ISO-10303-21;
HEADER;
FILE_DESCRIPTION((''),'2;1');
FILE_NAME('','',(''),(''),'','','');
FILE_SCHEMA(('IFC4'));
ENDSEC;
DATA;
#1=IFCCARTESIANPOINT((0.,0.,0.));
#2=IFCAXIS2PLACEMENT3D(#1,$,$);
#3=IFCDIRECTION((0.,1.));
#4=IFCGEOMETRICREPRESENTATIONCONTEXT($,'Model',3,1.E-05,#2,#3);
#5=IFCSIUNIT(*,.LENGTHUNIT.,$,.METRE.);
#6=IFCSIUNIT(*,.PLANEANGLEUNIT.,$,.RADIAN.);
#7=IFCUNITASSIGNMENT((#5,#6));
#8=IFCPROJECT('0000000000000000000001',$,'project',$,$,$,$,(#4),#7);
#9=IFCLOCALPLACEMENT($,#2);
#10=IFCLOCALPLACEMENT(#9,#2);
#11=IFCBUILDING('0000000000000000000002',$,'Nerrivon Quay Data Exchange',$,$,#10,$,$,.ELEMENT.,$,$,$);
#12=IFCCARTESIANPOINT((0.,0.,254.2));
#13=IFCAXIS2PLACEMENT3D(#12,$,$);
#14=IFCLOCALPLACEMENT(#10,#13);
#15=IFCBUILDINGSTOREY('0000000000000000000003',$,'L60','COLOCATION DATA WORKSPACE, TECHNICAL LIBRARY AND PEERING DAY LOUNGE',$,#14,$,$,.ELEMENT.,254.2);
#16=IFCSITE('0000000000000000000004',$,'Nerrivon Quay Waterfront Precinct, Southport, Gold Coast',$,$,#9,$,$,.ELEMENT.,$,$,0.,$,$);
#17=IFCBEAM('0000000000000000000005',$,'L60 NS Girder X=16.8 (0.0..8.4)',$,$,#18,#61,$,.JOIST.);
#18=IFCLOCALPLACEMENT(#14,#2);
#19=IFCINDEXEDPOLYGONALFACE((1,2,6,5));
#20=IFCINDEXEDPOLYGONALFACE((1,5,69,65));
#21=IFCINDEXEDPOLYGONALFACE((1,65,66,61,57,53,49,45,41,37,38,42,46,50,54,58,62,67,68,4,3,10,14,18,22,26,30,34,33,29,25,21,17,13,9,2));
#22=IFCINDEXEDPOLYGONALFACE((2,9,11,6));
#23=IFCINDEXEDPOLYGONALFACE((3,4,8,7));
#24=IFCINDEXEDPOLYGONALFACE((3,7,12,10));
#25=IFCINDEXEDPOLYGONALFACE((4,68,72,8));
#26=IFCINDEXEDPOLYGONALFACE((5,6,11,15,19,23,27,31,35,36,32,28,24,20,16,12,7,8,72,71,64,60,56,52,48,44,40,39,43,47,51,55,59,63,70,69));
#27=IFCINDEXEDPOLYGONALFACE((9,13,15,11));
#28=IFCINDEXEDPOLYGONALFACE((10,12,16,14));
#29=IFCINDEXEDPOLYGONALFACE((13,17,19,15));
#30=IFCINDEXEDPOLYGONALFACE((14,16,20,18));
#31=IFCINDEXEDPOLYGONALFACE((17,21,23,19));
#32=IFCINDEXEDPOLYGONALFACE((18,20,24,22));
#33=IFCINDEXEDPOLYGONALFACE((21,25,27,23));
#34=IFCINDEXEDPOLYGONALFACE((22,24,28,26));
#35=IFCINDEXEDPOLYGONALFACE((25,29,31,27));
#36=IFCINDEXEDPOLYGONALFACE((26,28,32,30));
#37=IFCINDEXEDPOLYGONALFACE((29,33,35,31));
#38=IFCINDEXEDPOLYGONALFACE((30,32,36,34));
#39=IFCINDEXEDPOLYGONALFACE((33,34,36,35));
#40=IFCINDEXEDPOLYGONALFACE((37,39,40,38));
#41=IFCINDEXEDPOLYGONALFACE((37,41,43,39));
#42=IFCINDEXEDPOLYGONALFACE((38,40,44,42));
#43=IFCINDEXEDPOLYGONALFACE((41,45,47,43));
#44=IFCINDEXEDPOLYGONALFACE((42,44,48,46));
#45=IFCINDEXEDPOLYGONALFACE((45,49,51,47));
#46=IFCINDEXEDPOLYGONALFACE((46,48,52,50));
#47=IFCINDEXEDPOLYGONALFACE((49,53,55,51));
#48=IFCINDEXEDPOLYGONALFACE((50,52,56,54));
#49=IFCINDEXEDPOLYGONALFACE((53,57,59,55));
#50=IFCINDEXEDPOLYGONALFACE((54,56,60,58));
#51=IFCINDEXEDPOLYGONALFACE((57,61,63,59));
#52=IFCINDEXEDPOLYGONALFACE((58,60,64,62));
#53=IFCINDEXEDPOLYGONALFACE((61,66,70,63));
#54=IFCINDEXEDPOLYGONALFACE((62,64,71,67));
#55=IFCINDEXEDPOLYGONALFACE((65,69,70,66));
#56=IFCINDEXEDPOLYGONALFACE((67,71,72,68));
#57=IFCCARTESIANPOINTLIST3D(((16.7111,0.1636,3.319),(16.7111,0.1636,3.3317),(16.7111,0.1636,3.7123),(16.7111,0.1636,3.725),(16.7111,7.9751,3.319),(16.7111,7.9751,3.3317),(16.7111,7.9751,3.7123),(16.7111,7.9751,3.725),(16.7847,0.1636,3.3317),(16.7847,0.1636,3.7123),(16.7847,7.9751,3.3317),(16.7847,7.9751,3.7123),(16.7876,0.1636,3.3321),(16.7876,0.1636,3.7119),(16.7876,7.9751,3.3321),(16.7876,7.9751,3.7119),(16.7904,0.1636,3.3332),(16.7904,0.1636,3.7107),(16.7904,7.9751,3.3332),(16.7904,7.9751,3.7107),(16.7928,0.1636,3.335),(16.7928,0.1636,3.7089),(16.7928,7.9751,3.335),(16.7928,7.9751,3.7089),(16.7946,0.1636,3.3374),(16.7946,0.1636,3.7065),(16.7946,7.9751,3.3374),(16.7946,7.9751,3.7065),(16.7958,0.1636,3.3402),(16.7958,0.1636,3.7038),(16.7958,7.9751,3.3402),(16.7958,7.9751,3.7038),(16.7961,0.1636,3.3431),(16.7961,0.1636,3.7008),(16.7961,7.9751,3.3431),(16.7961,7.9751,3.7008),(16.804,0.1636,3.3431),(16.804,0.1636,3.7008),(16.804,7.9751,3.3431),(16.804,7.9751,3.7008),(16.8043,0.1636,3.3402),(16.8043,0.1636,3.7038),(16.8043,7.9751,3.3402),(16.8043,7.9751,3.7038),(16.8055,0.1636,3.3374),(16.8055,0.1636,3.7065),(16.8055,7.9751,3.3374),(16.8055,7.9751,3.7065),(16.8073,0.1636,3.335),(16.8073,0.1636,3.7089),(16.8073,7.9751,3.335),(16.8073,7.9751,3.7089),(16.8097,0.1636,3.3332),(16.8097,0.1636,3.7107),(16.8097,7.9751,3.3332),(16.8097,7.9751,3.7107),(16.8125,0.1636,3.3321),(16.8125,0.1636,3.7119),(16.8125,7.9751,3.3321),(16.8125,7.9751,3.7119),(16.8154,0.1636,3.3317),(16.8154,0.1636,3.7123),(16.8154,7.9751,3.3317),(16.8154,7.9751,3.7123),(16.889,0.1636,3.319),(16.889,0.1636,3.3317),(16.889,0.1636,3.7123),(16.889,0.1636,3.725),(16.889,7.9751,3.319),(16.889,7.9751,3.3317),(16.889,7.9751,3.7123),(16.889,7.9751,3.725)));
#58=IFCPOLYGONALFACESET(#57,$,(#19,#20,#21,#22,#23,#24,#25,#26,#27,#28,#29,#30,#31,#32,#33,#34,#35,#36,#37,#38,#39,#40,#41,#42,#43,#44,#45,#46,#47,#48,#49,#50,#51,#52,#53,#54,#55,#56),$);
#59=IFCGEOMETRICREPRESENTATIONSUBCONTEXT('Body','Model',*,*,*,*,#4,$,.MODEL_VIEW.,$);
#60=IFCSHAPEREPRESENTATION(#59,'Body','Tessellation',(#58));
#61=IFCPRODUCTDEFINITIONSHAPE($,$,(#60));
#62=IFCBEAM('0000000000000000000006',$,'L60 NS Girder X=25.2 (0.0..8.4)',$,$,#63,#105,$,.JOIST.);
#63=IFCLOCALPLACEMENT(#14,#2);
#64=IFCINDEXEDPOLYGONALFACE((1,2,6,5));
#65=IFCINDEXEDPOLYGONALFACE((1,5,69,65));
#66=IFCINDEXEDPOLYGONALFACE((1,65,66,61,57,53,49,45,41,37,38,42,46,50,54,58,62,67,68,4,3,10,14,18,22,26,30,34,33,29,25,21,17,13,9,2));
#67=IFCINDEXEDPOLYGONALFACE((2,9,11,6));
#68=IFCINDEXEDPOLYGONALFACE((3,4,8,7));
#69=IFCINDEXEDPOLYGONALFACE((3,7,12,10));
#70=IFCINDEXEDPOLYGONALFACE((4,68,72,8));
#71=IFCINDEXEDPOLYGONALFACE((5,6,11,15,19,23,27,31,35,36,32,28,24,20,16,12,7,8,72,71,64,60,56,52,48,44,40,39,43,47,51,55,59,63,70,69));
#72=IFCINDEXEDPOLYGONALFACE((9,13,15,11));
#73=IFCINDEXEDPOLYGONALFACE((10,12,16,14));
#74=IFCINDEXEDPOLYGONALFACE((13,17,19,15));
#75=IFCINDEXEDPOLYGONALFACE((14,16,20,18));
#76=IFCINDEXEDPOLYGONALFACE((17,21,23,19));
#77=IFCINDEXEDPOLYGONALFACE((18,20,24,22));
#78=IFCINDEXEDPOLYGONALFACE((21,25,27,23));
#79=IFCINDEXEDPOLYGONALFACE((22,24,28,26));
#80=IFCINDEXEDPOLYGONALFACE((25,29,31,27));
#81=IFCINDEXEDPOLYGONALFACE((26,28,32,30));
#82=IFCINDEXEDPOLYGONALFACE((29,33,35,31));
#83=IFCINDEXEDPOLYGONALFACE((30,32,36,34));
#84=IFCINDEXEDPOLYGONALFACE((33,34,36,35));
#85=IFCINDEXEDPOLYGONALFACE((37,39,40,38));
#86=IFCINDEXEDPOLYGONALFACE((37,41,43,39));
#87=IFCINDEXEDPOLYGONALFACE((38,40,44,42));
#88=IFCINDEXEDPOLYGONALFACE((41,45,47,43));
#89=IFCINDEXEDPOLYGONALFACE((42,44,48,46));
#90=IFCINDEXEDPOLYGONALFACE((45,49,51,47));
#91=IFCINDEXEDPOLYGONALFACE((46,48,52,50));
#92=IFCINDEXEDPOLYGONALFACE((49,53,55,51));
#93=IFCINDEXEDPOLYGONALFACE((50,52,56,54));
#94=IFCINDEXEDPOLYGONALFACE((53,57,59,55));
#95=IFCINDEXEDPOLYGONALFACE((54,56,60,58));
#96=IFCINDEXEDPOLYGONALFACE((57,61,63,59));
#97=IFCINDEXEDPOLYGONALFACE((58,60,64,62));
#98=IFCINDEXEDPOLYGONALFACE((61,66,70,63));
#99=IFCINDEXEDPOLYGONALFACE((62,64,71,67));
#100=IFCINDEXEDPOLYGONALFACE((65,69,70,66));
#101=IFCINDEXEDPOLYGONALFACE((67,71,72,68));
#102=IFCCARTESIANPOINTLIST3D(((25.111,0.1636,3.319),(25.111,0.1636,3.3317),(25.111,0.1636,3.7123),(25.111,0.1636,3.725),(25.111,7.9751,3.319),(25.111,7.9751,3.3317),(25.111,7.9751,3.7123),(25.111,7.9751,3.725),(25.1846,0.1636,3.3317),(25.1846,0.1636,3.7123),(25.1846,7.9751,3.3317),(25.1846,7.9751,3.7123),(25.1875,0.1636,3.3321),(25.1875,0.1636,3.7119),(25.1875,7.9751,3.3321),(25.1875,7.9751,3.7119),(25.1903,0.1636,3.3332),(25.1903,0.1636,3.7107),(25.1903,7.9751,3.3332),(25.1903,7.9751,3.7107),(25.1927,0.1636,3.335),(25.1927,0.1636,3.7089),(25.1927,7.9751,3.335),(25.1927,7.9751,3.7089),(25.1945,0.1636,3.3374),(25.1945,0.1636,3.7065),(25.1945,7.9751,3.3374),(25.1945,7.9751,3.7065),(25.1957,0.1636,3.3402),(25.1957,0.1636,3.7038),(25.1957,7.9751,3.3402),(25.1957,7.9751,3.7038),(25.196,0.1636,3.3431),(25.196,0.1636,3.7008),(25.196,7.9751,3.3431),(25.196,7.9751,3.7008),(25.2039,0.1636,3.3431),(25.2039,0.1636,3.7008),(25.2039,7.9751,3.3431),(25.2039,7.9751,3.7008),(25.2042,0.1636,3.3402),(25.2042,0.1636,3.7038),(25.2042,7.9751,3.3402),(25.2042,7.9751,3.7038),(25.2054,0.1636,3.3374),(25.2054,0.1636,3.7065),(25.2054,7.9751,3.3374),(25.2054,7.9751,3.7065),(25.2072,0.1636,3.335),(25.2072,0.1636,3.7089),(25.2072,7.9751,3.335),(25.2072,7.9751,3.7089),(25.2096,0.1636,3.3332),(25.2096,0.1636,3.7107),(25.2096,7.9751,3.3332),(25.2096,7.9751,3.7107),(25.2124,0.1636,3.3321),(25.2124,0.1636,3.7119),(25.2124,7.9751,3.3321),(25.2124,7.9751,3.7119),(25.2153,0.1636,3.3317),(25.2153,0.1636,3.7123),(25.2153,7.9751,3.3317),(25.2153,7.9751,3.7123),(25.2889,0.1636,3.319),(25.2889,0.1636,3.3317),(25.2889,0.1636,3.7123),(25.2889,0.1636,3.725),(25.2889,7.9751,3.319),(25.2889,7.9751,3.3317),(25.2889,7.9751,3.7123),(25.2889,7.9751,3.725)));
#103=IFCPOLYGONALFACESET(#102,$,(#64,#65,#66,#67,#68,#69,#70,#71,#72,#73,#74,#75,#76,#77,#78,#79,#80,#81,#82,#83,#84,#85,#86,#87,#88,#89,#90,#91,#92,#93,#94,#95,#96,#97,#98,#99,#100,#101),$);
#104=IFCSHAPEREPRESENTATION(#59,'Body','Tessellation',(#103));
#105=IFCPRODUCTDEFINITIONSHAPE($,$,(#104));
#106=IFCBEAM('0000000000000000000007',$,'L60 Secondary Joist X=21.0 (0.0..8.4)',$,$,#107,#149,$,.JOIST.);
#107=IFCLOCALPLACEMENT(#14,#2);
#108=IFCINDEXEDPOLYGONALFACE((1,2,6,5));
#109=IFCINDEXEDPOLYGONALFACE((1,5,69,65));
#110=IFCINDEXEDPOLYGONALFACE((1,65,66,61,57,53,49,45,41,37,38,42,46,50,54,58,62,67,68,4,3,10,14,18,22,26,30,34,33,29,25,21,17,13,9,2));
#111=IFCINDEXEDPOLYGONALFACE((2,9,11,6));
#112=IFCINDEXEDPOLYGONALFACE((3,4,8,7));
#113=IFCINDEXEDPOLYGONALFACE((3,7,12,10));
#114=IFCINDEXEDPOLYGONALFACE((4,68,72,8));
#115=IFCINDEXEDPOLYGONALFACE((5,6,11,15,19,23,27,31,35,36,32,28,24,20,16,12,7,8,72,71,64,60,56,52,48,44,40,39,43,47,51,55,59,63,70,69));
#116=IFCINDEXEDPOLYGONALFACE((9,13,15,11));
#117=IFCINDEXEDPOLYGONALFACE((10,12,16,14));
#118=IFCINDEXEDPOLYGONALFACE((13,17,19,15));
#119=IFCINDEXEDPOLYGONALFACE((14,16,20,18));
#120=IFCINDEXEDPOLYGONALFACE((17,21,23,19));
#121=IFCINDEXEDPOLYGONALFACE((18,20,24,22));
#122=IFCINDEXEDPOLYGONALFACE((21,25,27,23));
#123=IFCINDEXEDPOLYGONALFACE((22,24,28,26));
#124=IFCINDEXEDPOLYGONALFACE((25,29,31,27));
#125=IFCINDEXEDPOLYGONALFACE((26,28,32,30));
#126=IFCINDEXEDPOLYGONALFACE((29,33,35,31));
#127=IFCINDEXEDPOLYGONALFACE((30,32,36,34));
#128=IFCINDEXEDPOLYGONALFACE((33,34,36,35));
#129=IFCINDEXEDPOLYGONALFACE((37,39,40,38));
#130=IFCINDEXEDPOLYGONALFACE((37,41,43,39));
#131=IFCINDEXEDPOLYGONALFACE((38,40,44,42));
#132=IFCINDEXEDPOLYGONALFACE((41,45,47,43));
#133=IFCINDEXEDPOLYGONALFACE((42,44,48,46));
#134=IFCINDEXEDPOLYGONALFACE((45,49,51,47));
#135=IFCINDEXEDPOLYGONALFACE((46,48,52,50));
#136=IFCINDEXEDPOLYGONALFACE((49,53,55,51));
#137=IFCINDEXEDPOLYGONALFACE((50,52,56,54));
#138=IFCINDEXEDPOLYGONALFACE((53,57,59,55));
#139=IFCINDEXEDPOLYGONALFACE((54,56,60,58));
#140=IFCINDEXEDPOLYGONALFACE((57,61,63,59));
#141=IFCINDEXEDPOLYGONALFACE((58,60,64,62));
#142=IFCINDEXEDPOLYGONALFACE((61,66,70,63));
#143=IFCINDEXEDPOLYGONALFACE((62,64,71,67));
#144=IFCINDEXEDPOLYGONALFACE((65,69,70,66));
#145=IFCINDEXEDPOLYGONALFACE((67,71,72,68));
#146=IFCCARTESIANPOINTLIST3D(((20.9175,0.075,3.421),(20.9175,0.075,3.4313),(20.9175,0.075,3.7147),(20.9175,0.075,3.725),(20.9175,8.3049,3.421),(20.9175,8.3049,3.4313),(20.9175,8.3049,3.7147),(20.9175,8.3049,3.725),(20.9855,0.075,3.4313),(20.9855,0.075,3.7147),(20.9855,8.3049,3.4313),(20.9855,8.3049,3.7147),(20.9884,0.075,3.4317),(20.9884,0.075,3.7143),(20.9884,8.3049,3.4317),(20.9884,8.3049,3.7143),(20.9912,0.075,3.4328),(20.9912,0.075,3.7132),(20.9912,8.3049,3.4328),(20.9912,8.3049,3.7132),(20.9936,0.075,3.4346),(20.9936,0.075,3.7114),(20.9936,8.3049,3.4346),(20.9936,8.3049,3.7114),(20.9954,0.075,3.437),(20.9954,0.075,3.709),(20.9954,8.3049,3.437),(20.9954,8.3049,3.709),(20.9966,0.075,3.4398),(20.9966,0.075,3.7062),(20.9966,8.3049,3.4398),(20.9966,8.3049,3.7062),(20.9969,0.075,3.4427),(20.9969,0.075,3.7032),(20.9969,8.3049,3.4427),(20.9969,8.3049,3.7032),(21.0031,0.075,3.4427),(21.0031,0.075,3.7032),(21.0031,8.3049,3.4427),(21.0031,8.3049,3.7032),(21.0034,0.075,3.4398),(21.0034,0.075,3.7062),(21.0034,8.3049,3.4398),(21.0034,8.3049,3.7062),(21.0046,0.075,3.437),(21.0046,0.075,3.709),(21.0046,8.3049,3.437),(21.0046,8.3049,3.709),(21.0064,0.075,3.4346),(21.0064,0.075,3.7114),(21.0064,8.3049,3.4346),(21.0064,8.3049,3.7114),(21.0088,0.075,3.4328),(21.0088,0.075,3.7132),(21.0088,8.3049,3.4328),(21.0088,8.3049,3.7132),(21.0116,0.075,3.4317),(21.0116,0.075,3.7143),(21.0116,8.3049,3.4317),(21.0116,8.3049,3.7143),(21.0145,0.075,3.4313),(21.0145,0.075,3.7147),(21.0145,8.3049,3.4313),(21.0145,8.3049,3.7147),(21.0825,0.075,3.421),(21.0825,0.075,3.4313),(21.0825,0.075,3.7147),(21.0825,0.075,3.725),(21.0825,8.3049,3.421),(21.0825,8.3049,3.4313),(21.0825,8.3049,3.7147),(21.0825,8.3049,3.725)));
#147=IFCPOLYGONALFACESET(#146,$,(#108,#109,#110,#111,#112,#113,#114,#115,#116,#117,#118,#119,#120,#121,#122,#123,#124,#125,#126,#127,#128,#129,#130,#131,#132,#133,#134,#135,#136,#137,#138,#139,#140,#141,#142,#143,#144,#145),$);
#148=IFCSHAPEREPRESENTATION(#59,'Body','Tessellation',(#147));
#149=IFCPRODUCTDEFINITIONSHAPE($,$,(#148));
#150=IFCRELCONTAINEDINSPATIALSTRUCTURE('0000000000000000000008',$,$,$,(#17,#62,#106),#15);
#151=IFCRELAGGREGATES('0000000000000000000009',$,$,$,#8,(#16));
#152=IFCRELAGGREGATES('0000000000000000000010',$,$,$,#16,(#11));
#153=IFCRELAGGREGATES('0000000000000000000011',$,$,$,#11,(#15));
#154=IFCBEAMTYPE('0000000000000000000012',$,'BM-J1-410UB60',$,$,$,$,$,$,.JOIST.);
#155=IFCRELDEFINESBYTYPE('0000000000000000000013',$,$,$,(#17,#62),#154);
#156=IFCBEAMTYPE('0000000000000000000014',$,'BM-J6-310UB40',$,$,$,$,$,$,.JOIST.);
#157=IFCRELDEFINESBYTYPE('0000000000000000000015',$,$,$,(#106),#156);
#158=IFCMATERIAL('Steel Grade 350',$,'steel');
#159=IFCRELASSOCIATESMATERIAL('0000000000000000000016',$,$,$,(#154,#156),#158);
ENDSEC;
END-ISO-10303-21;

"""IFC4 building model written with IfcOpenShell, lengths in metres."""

from ifc_helpers import new_model, si_unit, direction, frame, origin, origin_2d, place, context, subcontext, project, spatial, i_section, extrude, material, material_profile, profile_set, type_object, element, save


model = new_model("IFC4")

# Units and contexts
model_context = context("Model", 3, precision=1e-05, world=origin(), true_north=direction((0.0, 1.0)))
body_context = subcontext(model_context, "Body", "Model", "MODEL_VIEW")
ifc_project = project(units=[si_unit("LENGTHUNIT", "METRE"), si_unit("PLANEANGLEUNIT", "RADIAN")], contexts=[model_context])

# Site, building, storey
site_placement = place(None, origin())
site = spatial("IfcSite", under=ifc_project, at=site_placement, Name="Nerrivon Quay Waterfront Precinct, Southport, Gold Coast", CompositionType="ELEMENT", RefElevation=0.0)
building_placement = place(site_placement, origin())
building = spatial("IfcBuilding", under=site, at=building_placement, Name="Nerrivon Quay Data Exchange", CompositionType="ELEMENT")
storey_placement = place(building_placement, frame((0.0, 0.0, 254.2)))
storey = spatial("IfcBuildingStorey", under=building, at=storey_placement, Name="L60", Description="COLOCATION DATA WORKSPACE, TECHNICAL LIBRARY AND PEERING DAY LOUNGE", CompositionType="ELEMENT", Elevation=254.2)

# Shared definitions
ifc_material_1 = material(Name="Steel Grade 350", Category="steel")

# Beams
ifc_material_profile_1 = material_profile(ifc_material_1, i_section(OverallWidth=0.178, OverallDepth=0.406, WebThickness=0.0078, FlangeThickness=0.0127, FilletRadius=0.0115, at=origin_2d()), Name="410UB59.7")
ifc_profile_set_1 = profile_set([ifc_material_profile_1], Name="Steel Grade 350")
beam_type_1 = type_object("IfcBeamType", Name="BM-J1-410UB60", PredefinedType="JOIST", material=ifc_profile_set_1)
for number, where, z_axis, x_axis, name in (
    (1, (16.8, 0.1636, 3.522), (0.0, 1.0, 0.0), (-1.0, 0.0, 0.0), "L60 NS Girder X=16.8 (0.0..8.4)"),
    (2, (25.2, 0.1636, 3.522), (0.0, 1.0, 0.0), (-1.0, 0.0, 0.0), "L60 NS Girder X=25.2 (0.0..8.4)"),
):
    element("IfcBeam", number, at=place(storey_placement, frame(where, z_axis=z_axis, x_axis=x_axis)), inside=storey, type_object=beam_type_1, Name=name, PredefinedType="JOIST", context=body_context, shape_type="SweptSolid", body=[
        extrude(i_section(OverallWidth=0.178, OverallDepth=0.406, WebThickness=0.0078, FlangeThickness=0.0127, FilletRadius=0.0115, at=origin_2d()), origin(), (0.0, 0.0, 1.0), 7.8115),
    ])
ifc_material_profile_2 = material_profile(ifc_material_1, i_section(OverallWidth=0.165, OverallDepth=0.304, WebThickness=0.0061, FlangeThickness=0.0103, FilletRadius=0.0115, at=origin_2d()), Name="310UB40.4")
ifc_profile_set_2 = profile_set([ifc_material_profile_2], Name="Steel Grade 350")
beam_type_2 = type_object("IfcBeamType", Name="BM-J6-310UB40", PredefinedType="JOIST", material=ifc_profile_set_2)
beam_1_placement = place(storey_placement, frame((21.0, 0.075, 3.573), z_axis=(0.0, 1.0, 0.0), x_axis=(-1.0, 0.0, 0.0)))
element("IfcBeam", 3, at=beam_1_placement, inside=storey, type_object=beam_type_2, Name="L60 Secondary Joist X=21.0 (0.0..8.4)", PredefinedType="JOIST", context=body_context, shape_type="SweptSolid", body=[
    extrude(i_section(OverallWidth=0.165, OverallDepth=0.304, WebThickness=0.0061, FlangeThickness=0.0103, FilletRadius=0.0115, at=origin_2d()), origin(), (0.0, 0.0, 1.0), 8.23),
])

save(model, "model.ifc")
